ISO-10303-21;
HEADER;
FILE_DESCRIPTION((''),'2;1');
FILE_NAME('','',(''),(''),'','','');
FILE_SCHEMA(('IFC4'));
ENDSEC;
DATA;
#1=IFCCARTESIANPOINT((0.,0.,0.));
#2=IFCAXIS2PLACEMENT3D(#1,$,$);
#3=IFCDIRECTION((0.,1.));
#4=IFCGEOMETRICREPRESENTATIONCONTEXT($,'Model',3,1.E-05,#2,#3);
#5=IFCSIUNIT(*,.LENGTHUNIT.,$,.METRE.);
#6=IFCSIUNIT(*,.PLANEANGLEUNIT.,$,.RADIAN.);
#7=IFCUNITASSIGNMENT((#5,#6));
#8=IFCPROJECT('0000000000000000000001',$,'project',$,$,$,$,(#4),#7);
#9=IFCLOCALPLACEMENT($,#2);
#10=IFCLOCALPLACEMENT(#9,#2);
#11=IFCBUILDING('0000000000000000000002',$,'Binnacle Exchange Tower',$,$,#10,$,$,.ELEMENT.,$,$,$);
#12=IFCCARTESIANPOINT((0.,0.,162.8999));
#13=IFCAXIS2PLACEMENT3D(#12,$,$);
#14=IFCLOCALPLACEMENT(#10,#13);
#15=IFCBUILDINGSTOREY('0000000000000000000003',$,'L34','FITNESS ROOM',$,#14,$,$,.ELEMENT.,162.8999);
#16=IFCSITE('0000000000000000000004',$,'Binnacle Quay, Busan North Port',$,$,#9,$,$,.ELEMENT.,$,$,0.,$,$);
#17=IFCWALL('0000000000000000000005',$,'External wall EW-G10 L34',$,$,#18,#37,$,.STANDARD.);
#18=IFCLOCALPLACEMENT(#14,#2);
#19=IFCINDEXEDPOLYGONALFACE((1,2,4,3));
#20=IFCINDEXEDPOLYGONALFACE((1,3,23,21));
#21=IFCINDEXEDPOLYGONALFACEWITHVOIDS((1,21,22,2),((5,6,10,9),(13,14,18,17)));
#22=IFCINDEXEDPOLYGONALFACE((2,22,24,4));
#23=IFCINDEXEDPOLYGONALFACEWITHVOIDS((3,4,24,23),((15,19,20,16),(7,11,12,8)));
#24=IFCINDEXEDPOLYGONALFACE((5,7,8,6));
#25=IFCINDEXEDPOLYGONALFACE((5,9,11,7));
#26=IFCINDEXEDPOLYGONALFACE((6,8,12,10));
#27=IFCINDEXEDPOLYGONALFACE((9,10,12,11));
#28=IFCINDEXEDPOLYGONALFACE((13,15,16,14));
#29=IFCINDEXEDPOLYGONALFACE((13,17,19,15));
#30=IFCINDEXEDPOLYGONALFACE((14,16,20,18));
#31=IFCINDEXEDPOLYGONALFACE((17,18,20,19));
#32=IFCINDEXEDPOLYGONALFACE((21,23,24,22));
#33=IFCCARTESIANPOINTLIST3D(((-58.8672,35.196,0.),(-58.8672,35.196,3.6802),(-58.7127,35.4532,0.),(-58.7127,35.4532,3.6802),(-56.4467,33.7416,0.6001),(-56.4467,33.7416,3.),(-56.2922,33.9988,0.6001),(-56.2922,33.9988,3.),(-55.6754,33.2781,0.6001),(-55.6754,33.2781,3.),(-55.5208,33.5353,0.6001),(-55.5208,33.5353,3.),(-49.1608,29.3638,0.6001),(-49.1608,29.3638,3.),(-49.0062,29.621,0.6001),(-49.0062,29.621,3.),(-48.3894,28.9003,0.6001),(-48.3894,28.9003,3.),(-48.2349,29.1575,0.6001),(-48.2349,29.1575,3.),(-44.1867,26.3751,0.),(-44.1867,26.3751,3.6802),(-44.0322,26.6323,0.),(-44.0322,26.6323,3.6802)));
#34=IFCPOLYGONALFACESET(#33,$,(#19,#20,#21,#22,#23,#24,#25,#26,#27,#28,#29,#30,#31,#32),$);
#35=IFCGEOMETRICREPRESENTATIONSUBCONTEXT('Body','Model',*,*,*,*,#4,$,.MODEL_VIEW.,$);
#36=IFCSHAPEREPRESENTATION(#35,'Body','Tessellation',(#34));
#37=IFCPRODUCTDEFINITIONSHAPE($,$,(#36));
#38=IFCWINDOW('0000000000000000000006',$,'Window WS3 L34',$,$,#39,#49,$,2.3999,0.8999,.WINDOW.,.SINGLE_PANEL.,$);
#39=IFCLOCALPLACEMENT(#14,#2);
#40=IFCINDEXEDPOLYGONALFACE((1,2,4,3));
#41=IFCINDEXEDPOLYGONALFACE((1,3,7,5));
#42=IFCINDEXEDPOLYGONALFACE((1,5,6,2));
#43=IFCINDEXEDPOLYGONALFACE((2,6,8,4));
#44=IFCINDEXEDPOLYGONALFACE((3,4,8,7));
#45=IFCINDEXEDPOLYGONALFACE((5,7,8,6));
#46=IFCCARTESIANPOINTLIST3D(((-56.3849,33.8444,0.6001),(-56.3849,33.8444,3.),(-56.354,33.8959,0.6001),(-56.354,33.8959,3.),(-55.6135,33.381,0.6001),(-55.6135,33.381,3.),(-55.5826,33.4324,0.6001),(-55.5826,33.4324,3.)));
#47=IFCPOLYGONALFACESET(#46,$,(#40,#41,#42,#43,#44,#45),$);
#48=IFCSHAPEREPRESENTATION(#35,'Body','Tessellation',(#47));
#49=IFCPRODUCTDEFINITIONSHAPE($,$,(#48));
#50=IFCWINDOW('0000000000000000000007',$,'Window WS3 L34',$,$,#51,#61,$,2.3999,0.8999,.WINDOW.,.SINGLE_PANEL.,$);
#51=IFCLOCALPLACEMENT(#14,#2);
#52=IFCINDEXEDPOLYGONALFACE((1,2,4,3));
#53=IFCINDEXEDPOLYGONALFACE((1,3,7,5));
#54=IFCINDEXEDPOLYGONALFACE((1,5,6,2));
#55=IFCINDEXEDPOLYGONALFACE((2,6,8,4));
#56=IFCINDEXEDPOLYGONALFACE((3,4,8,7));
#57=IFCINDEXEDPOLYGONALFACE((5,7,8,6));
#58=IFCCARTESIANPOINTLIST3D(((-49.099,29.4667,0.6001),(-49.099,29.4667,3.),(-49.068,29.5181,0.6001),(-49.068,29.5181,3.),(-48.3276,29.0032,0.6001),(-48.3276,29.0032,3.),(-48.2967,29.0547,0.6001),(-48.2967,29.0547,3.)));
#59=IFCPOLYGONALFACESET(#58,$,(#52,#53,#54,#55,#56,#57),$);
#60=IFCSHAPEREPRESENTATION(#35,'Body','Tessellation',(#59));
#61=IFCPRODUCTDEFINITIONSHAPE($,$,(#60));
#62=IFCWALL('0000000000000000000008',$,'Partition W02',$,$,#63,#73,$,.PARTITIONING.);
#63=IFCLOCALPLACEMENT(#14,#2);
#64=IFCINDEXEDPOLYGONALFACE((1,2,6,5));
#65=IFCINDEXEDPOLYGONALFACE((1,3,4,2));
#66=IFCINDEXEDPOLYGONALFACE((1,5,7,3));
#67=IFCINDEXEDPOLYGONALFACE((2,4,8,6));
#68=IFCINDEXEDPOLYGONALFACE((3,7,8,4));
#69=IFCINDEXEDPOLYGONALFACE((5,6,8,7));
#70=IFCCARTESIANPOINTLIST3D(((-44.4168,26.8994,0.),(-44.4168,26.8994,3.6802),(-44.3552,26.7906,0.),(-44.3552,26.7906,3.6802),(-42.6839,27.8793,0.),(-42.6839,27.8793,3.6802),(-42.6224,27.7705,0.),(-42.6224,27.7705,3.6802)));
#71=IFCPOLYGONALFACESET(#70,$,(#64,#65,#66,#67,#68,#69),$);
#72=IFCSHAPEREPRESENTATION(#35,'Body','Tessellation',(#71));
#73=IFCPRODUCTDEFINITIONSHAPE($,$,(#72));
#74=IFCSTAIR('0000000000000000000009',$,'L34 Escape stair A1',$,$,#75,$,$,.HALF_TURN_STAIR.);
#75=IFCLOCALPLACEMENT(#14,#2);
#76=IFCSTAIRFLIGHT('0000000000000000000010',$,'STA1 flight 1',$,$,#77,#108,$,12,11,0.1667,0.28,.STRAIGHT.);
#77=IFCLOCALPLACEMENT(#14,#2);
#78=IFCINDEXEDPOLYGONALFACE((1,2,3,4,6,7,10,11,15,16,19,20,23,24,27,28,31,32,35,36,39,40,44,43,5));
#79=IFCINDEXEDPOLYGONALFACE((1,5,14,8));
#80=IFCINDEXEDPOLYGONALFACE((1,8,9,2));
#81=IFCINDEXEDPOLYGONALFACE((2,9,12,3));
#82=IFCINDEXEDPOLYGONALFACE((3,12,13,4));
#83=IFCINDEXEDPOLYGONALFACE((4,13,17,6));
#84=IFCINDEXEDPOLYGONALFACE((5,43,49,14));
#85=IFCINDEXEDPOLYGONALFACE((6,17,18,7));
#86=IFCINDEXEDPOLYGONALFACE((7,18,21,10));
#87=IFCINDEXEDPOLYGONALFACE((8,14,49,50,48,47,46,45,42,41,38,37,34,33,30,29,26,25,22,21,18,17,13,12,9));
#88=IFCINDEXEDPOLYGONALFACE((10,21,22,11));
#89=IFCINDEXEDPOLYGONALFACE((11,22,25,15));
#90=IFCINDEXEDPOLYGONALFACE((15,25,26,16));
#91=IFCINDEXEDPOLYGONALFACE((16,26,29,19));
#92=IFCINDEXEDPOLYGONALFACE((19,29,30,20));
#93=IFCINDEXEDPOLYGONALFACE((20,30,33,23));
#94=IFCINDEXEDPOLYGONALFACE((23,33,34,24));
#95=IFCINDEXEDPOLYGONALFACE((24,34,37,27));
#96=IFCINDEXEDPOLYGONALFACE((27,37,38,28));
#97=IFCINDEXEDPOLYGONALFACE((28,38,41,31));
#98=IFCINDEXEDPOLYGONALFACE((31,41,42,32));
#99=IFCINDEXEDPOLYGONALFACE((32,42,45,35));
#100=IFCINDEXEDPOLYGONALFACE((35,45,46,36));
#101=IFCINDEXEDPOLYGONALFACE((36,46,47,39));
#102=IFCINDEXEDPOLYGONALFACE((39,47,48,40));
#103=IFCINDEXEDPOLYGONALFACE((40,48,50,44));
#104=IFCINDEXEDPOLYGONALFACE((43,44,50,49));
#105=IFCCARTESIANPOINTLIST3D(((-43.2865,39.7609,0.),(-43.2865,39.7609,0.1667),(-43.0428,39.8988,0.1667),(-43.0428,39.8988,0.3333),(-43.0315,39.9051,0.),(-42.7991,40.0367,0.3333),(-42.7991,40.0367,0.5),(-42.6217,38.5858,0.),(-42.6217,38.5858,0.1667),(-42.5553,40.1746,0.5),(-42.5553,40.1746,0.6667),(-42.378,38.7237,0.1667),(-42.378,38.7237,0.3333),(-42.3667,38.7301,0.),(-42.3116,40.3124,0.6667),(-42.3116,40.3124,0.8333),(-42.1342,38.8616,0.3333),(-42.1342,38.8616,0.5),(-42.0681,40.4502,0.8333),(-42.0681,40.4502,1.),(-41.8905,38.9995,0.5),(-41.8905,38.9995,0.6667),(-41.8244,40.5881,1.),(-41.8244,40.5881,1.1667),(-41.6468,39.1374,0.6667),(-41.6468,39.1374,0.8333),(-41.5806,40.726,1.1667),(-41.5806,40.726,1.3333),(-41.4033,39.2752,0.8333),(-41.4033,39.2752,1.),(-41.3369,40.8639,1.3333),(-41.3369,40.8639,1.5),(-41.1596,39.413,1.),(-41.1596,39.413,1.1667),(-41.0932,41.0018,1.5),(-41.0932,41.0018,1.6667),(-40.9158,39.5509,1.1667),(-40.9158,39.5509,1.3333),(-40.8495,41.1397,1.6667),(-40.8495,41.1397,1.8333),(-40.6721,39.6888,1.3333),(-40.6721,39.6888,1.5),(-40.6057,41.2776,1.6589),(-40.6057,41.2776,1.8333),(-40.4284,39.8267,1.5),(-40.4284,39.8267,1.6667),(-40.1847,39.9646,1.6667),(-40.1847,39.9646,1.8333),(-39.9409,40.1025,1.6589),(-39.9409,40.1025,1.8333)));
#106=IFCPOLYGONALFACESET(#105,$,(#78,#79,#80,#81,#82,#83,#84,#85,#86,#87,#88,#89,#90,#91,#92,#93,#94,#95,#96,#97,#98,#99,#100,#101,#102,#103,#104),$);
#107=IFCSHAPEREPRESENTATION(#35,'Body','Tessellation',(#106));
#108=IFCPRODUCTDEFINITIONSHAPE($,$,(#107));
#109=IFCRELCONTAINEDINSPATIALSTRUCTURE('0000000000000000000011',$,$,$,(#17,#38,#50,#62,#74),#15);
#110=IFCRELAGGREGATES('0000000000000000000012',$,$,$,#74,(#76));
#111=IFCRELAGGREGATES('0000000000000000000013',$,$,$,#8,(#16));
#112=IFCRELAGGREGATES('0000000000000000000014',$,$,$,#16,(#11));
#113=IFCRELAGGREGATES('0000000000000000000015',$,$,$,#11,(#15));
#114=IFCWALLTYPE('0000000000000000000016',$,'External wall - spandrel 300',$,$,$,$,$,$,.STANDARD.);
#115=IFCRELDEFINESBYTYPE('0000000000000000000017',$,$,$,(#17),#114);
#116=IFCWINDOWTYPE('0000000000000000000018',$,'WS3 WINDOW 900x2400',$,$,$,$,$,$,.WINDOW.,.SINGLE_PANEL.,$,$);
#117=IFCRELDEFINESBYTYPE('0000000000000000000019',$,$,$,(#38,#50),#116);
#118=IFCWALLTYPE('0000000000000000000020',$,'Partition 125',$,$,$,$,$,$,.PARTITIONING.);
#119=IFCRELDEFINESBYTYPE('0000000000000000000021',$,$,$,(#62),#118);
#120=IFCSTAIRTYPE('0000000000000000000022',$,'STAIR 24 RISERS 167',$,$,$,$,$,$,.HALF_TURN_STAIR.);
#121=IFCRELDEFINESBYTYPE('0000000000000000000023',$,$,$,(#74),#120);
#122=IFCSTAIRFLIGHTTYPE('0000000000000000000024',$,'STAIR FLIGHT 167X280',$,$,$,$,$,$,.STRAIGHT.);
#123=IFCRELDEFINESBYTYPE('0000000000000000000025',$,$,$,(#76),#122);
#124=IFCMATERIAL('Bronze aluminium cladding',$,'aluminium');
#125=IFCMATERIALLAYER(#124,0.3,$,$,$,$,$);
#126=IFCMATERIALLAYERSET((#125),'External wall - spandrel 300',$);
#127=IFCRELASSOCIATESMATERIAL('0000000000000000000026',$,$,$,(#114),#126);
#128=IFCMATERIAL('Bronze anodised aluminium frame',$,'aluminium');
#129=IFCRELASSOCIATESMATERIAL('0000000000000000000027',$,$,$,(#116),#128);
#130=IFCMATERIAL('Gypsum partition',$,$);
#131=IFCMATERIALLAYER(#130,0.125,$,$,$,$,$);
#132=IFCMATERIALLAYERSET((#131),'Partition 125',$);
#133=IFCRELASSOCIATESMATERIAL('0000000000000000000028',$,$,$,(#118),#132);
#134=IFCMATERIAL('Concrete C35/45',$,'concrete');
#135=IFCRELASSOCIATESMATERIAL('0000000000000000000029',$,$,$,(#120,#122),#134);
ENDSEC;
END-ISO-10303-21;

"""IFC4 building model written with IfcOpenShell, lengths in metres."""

from ifc_helpers import new_model, si_unit, direction, frame, frame_2d, origin, place, context, subcontext, project, spatial, polyline, rectangle, outline, extrude, material, layer, layer_set, type_object, element, fill, aggregate, save


model = new_model("IFC4")

# Units and contexts
model_context = context("Model", 3, precision=1e-05, world=origin(), true_north=direction((0.0, 1.0)))
body_context = subcontext(model_context, "Body", "Model", "MODEL_VIEW")
ifc_project = project(units=[si_unit("LENGTHUNIT", "METRE"), si_unit("PLANEANGLEUNIT", "RADIAN")], contexts=[model_context])

# Site, building, storey
site_placement = place(None, origin())
site = spatial("IfcSite", under=ifc_project, at=site_placement, Name="Binnacle Quay, Busan North Port", CompositionType="ELEMENT", RefElevation=0.0)
building_placement = place(site_placement, origin())
building = spatial("IfcBuilding", under=site, at=building_placement, Name="Binnacle Exchange Tower", CompositionType="ELEMENT")
storey_placement = place(building_placement, frame((0.0, 0.0, 162.8999)))
storey = spatial("IfcBuildingStorey", under=building, at=storey_placement, Name="L34", Description="FITNESS ROOM", CompositionType="ELEMENT", Elevation=162.8999)

# Shared definitions
ifc_material_1 = material(Name="Bronze aluminium cladding", Category="aluminium")
ifc_layer_1 = layer(ifc_material_1, 0.3)
ifc_layer_set_1 = layer_set([ifc_layer_1], Name="External wall - spandrel 300")
wall_type_1 = type_object("IfcWallType", Name="External wall - spandrel 300", PredefinedType="STANDARD", material=ifc_layer_set_1)
ifc_material_2 = material(Name="Bronze anodised aluminium frame", Category="aluminium")
window_type = type_object("IfcWindowType", Name="WS3 WINDOW 900x2400", PartitioningType="SINGLE_PANEL", PredefinedType="WINDOW", material=ifc_material_2)

# Wall, openings, windows
wall_1_placement = place(storey_placement, frame((-44.1094, 26.5037, 0.0), z_axis=(0.0, 0.0, 1.0), x_axis=(-0.85717, 0.515034, 0.0)))
wall_1 = element("IfcWall", 1, at=wall_1_placement, inside=storey, type_object=wall_type_1, Name="External wall EW-G10 L34", PredefinedType="STANDARD", context=body_context, shape_type="SweptSolid", body=[
    extrude(rectangle(XDim=17.1267, YDim=0.3, at=frame_2d((8.5635, 0.0))), origin(), (0.0, 0.0, 1.0), 3.6802),
])
opening_1_placement = place(wall_1_placement, frame((13.4031, 0.0, 0.6001)))
opening_1 = element("IfcOpeningElement", 2, at=opening_1_placement, cuts=wall_1, PredefinedType="OPENING", context=body_context, shape_type="SweptSolid", body=[
    extrude(rectangle(XDim=0.8999, YDim=2.3999, at=frame_2d((0.45, 1.2))), frame((0.0, 0.1599, 0.0), z_axis=(0.0, -1.0, 0.0), x_axis=(1.0, 0.0, 0.0)), (0.0, 0.0, 1.0), 0.3201),
])
opening_2_placement = place(wall_1_placement, frame((4.9031, 0.0, 0.6001)))
opening_2 = element("IfcOpeningElement", 3, at=opening_2_placement, cuts=wall_1, PredefinedType="OPENING", context=body_context, shape_type="SweptSolid", body=[
    extrude(rectangle(XDim=0.8999, YDim=2.3999, at=frame_2d((0.45, 1.2))), frame((0.0, 0.1599, 0.0), z_axis=(0.0, -1.0, 0.0), x_axis=(1.0, 0.0, 0.0)), (0.0, 0.0, 1.0), 0.3201),
])
window_1_placement = place(opening_1_placement, origin())
window_1 = element("IfcWindow", 4, at=window_1_placement, inside=storey, type_object=window_type, Name="Window WS3 L34", OverallHeight=2.3999, OverallWidth=0.8999, PartitioningType="SINGLE_PANEL", PredefinedType="WINDOW", context=body_context, shape_type="SweptSolid", body=[
    extrude(rectangle(XDim=0.8999, YDim=2.3999, at=frame_2d((0.45, 1.2))), frame((0.0, 0.03, 0.0), z_axis=(0.0, -1.0, 0.0), x_axis=(1.0, 0.0, 0.0)), (0.0, 0.0, 1.0), 0.0601),
])
fill(opening_1, window_1)
window_2_placement = place(opening_2_placement, origin())
window_2 = element("IfcWindow", 5, at=window_2_placement, inside=storey, type_object=window_type, Name="Window WS3 L34", OverallHeight=2.3999, OverallWidth=0.8999, PartitioningType="SINGLE_PANEL", PredefinedType="WINDOW", context=body_context, shape_type="SweptSolid", body=[
    extrude(rectangle(XDim=0.8999, YDim=2.3999, at=frame_2d((0.45, 1.2))), frame((0.0, 0.03, 0.0), z_axis=(0.0, -1.0, 0.0), x_axis=(1.0, 0.0, 0.0)), (0.0, 0.0, 1.0), 0.0601),
])
fill(opening_2, window_2)

# Wall
ifc_material_3 = material(Name="Gypsum partition")
ifc_layer_2 = layer(ifc_material_3, 0.125)
ifc_layer_set_2 = layer_set([ifc_layer_2], Name="Partition 125")
wall_type_2 = type_object("IfcWallType", Name="Partition 125", PredefinedType="PARTITIONING", material=ifc_layer_set_2)
wall_2_placement = place(storey_placement, frame((-44.386, 26.845, 0.0), z_axis=(0.0, 0.0, 1.0), x_axis=(0.870453, 0.492251, 0.0)))
element("IfcWall", 6, at=wall_2_placement, inside=storey, type_object=wall_type_2, Name="Partition W02", PredefinedType="PARTITIONING", context=body_context, shape_type="SweptSolid", body=[
    extrude(rectangle(XDim=1.9907, YDim=0.125, at=frame_2d((0.9954, 0.0))), origin(), (0.0, 0.0, 1.0), 3.6802),
])

# Stair, stair flight
ifc_material_4 = material(Name="Concrete C35/45", Category="concrete")
stair_type = type_object("IfcStairType", Name="STAIR 24 RISERS 167", PredefinedType="HALF_TURN_STAIR", material=ifc_material_4)
stair_placement = place(storey_placement, origin())
stair = element("IfcStair", 7, at=stair_placement, inside=storey, type_object=stair_type, Name="L34 Escape stair A1", PredefinedType="HALF_TURN_STAIR")
stair_flight_type = type_object("IfcStairFlightType", Name="STAIR FLIGHT 167X280", PredefinedType="STRAIGHT", material=ifc_material_4)
stair_flight_placement = place(storey_placement, frame((-42.9541, 39.1733, 0.0), z_axis=(0.0, 0.0, 1.0), x_axis=(0.870356, 0.492424, 0.0)))
stair_flight = element("IfcStairFlight", 8, at=stair_flight_placement, type_object=stair_flight_type, Name="STA1 flight 1", NumberOfRisers=12, NumberOfTreads=11, PredefinedType="STRAIGHT", RiserHeight=0.1667, TreadLength=0.28, context=body_context, shape_type="SweptSolid", body=[
    extrude(outline(polyline([(0.0, 0.0), (0.0, 0.1667), (0.28, 0.1667), (0.28, 0.3333), (0.5601, 0.3333), (0.5601, 0.5), (0.8401, 0.5), (0.8401, 0.6667), (1.1201, 0.6667), (1.1201, 0.8333), (1.3999, 0.8333), (1.3999, 1.0), (1.6799, 1.0), (1.6799, 1.1667), (1.96, 1.1667), (1.96, 1.3333), (2.24, 1.3333), (2.24, 1.5), (2.52, 1.5), (2.52, 1.6667), (2.8, 1.6667), (2.8, 1.8333), (3.0801, 1.8333), (3.0801, 2.0), (3.0801, 1.6589), (0.293, 0.0), (0.0, 0.0)])), frame((0.0, 0.675, 0.0), z_axis=(0.0, -1.0, 0.0), x_axis=(1.0, 0.0, 0.0)), (0.0, 0.0, 1.0), 1.3501),
])
aggregate(stair, [stair_flight])

save(model, "model.ifc")
